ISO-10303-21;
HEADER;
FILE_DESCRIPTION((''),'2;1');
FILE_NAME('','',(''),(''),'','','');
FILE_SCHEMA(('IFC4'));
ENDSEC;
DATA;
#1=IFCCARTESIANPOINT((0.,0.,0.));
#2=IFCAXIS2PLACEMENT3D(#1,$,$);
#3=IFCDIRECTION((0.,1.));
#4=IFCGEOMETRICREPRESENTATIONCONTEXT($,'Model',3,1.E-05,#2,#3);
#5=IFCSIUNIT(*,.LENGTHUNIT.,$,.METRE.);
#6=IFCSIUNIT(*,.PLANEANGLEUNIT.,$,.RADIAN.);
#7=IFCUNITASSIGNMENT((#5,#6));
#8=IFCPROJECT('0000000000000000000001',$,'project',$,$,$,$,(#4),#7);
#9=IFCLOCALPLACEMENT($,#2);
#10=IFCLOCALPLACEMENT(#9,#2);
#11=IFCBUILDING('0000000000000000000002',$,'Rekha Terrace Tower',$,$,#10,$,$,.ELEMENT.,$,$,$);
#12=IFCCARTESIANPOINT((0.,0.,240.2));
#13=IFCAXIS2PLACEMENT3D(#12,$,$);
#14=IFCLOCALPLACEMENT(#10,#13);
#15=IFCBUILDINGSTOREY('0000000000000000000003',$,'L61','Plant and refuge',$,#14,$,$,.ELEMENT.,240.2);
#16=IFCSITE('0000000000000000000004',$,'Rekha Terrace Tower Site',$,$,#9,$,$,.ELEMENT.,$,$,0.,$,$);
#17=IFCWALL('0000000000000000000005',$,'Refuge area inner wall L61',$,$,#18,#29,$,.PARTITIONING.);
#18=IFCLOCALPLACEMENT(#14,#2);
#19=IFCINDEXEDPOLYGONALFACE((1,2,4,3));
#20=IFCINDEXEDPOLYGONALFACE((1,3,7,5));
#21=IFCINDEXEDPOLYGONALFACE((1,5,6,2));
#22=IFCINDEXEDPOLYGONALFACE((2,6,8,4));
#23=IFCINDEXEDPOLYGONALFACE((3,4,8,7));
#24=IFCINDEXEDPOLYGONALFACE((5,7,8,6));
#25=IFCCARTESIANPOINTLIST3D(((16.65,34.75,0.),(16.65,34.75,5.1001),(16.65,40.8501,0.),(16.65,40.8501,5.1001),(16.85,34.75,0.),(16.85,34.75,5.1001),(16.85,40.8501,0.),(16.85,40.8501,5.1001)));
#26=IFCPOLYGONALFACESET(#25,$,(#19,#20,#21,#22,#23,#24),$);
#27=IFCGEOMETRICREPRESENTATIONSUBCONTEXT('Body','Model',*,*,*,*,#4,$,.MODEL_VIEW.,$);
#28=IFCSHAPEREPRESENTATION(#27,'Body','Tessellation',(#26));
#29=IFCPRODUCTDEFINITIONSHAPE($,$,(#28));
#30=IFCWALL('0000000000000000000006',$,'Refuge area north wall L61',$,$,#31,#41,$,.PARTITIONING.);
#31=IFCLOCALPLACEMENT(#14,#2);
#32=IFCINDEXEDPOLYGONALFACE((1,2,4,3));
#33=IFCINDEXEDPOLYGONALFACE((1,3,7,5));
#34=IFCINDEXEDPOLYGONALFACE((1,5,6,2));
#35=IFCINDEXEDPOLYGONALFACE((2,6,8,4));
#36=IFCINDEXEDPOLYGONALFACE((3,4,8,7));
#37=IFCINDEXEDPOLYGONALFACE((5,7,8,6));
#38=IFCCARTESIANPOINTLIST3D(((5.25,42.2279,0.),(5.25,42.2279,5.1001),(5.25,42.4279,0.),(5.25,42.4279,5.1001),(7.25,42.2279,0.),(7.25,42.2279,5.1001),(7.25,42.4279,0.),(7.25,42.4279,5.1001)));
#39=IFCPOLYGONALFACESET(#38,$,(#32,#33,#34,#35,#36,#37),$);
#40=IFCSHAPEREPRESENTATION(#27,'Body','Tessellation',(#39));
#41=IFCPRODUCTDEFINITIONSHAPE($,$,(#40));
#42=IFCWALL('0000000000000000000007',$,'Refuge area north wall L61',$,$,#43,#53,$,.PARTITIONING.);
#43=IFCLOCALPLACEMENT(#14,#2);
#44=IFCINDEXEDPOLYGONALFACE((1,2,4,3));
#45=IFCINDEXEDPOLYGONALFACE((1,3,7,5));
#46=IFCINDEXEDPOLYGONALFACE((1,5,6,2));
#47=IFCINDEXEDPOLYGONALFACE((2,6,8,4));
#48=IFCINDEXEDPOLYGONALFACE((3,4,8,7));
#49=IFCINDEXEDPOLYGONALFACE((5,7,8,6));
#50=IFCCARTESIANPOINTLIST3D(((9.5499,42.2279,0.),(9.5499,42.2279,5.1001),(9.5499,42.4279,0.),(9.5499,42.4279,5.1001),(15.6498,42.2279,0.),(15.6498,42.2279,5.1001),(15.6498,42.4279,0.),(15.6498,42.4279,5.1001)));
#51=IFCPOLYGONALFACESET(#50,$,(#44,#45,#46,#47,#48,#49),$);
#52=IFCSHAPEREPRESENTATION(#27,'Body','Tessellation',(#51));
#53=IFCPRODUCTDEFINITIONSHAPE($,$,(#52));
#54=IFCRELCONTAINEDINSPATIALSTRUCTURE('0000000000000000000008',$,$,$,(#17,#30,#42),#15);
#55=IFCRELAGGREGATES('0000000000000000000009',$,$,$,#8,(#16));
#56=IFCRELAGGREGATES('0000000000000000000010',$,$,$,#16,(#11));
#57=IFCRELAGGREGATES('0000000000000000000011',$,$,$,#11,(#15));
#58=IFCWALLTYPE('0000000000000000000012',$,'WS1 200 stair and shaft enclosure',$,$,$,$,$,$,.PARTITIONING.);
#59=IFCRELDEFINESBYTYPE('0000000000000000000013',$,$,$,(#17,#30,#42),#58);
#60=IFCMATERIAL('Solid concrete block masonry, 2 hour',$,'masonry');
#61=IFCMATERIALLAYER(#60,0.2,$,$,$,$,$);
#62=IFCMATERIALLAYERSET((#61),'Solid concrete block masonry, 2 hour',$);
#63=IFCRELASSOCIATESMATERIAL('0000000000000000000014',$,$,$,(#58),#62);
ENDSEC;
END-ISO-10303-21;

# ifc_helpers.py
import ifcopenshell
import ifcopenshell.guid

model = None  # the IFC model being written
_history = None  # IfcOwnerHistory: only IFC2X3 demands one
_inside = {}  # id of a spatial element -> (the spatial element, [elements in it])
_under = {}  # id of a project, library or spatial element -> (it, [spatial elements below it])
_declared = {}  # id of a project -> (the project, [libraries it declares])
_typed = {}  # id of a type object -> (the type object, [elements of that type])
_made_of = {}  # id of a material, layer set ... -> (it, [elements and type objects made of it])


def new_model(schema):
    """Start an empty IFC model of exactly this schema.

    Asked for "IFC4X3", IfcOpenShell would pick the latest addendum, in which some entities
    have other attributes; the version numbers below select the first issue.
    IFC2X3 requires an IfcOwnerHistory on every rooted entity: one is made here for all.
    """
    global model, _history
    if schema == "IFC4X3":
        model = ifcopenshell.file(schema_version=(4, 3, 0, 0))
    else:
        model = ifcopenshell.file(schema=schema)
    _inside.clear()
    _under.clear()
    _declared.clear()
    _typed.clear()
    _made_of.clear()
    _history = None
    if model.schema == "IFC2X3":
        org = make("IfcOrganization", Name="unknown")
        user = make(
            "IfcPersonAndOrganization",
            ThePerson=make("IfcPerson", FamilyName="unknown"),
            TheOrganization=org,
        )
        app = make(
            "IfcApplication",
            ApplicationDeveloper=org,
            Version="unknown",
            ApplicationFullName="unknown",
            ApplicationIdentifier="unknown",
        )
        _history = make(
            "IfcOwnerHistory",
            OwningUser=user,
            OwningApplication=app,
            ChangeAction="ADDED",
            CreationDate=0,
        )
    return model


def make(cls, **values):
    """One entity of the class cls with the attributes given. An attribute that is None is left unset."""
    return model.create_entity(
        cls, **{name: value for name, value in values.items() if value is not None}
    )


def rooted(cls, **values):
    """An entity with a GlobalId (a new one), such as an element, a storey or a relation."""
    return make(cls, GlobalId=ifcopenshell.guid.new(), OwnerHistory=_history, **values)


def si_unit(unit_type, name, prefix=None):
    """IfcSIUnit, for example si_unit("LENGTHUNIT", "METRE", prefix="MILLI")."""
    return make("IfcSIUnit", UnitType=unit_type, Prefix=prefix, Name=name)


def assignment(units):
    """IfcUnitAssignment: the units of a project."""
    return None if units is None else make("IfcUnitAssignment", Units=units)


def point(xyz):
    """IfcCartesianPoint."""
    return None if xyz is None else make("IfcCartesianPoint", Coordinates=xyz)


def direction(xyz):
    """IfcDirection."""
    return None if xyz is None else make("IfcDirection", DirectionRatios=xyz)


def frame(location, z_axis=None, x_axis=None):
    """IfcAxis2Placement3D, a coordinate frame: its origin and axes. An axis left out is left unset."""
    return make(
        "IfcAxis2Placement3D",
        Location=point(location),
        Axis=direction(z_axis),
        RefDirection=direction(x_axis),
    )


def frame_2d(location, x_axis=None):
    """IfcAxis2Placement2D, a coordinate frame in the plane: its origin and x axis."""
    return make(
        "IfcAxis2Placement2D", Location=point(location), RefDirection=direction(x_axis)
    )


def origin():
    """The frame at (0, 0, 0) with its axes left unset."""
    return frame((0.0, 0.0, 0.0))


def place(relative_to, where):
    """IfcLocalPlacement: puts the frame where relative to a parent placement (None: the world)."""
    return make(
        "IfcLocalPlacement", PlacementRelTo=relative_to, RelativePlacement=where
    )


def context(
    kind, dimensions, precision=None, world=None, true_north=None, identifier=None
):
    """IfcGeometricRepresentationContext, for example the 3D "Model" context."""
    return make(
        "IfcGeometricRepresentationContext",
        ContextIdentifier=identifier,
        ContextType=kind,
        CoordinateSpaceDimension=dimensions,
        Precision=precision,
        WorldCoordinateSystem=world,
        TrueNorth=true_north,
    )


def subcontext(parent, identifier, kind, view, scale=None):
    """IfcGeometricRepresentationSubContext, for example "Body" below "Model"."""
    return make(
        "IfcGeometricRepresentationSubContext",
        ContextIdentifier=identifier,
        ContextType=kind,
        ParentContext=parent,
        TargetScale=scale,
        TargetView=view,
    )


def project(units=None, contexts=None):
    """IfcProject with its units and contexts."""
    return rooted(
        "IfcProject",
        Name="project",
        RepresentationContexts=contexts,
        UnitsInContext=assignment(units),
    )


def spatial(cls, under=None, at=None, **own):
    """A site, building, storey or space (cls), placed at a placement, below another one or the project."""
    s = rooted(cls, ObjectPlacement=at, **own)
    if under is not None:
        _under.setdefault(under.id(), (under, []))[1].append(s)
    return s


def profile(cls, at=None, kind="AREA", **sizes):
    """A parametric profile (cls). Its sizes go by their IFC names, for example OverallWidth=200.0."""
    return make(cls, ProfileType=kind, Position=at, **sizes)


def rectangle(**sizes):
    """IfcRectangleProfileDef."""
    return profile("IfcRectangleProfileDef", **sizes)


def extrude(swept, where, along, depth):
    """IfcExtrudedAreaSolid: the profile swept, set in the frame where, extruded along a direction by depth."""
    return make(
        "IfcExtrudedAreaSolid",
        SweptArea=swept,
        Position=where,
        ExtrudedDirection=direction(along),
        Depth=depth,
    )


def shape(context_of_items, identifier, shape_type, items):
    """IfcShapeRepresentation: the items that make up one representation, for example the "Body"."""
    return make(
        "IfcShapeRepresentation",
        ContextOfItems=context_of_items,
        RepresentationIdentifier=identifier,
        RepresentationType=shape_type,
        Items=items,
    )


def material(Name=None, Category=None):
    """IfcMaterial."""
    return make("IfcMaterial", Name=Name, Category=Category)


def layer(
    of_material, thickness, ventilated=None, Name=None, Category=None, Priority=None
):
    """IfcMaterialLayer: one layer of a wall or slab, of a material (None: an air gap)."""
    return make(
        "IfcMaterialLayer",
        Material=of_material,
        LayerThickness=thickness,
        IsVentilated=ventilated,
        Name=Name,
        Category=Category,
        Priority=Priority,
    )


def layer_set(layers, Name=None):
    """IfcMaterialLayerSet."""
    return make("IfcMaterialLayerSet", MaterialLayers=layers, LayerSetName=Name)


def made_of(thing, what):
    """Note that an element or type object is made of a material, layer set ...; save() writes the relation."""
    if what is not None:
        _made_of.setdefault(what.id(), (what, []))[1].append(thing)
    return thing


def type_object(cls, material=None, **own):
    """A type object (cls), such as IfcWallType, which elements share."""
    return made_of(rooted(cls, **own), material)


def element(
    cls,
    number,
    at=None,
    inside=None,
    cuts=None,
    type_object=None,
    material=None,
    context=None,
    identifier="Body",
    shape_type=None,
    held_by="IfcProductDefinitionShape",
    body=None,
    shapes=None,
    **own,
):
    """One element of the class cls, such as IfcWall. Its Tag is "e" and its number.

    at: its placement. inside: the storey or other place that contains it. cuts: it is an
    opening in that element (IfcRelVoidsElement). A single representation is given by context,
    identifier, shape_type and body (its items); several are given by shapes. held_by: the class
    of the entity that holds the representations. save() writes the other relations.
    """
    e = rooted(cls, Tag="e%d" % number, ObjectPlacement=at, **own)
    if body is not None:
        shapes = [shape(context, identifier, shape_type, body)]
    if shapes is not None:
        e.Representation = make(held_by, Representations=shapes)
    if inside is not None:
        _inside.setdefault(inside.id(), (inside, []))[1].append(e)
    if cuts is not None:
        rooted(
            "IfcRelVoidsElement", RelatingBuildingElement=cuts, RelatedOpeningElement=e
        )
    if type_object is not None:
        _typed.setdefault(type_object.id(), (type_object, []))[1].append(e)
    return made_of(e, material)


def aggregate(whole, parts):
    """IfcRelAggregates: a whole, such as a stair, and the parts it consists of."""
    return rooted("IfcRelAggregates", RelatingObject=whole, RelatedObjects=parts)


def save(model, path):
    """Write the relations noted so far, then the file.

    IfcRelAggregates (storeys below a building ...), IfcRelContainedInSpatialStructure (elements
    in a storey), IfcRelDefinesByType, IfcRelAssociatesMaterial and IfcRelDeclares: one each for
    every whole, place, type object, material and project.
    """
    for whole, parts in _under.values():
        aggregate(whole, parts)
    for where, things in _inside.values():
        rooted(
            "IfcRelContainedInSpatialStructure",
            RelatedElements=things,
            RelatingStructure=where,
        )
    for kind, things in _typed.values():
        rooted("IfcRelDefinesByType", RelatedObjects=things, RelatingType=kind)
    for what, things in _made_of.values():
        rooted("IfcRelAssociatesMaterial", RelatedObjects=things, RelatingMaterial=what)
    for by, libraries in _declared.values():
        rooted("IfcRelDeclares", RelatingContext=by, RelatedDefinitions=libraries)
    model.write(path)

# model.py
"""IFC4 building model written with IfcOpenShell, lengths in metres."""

from ifc_helpers import new_model, si_unit, direction, frame, frame_2d, origin, place, context, subcontext, project, spatial, rectangle, extrude, material, layer, layer_set, type_object, element, save


model = new_model("IFC4")

# Units and contexts
model_context = context("Model", 3, precision=1e-05, world=origin(), true_north=direction((0.0, 1.0)))
body_context = subcontext(model_context, "Body", "Model", "MODEL_VIEW")
ifc_project = project(units=[si_unit("LENGTHUNIT", "METRE"), si_unit("PLANEANGLEUNIT", "RADIAN")], contexts=[model_context])

# Site, building, storey
site_placement = place(None, origin())
site = spatial("IfcSite", under=ifc_project, at=site_placement, Name="Rekha Terrace Tower Site", CompositionType="ELEMENT", RefElevation=0.0)
building_placement = place(site_placement, origin())
building = spatial("IfcBuilding", under=site, at=building_placement, Name="Rekha Terrace Tower", CompositionType="ELEMENT")
storey_placement = place(building_placement, frame((0.0, 0.0, 240.2)))
storey = spatial("IfcBuildingStorey", under=building, at=storey_placement, Name="L61", Description="Plant and refuge", CompositionType="ELEMENT", Elevation=240.2)

# Walls
ifc_material_1 = material(Name="Solid concrete block masonry, 2 hour", Category="masonry")
ifc_layer_1 = layer(ifc_material_1, 0.2)
ifc_layer_set_1 = layer_set([ifc_layer_1], Name="Solid concrete block masonry, 2 hour")
wall_type_1 = type_object("IfcWallType", Name="WS1 200 stair and shaft enclosure", PredefinedType="PARTITIONING", material=ifc_layer_set_1)
wall_1_placement = place(storey_placement, frame((16.75, 34.75, 0.0), z_axis=(0.0, 0.0, 1.0), x_axis=(0.0, 1.0, 0.0)))
element("IfcWall", 1, at=wall_1_placement, inside=storey, type_object=wall_type_1, Name="Refuge area inner wall L61", PredefinedType="PARTITIONING", context=body_context, shape_type="SweptSolid", body=[
    extrude(rectangle(XDim=6.1001, YDim=0.2, at=frame_2d((3.05, 0.0))), origin(), (0.0, 0.0, 1.0), 5.1001),
])
wall_2_placement = place(storey_placement, frame((5.25, 42.3279, 0.0), z_axis=(0.0, 0.0, 1.0), x_axis=(1.0, 0.0, 0.0)))
element("IfcWall", 2, at=wall_2_placement, inside=storey, type_object=wall_type_1, Name="Refuge area north wall L61", PredefinedType="PARTITIONING", context=body_context, shape_type="SweptSolid", body=[
    extrude(rectangle(XDim=2.0, YDim=0.2, at=frame_2d((1.0, 0.0))), origin(), (0.0, 0.0, 1.0), 5.1001),
])
wall_3_placement = place(storey_placement, frame((9.55, 42.3279, 0.0), z_axis=(0.0, 0.0, 1.0), x_axis=(1.0, 0.0, 0.0)))
element("IfcWall", 3, at=wall_3_placement, inside=storey, type_object=wall_type_1, Name="Refuge area north wall L61", PredefinedType="PARTITIONING", context=body_context, shape_type="SweptSolid", body=[
    extrude(rectangle(XDim=6.0999, YDim=0.2, at=frame_2d((3.0498, 0.0))), origin(), (0.0, 0.0, 1.0), 5.1001),
])

save(model, "model.ifc")
